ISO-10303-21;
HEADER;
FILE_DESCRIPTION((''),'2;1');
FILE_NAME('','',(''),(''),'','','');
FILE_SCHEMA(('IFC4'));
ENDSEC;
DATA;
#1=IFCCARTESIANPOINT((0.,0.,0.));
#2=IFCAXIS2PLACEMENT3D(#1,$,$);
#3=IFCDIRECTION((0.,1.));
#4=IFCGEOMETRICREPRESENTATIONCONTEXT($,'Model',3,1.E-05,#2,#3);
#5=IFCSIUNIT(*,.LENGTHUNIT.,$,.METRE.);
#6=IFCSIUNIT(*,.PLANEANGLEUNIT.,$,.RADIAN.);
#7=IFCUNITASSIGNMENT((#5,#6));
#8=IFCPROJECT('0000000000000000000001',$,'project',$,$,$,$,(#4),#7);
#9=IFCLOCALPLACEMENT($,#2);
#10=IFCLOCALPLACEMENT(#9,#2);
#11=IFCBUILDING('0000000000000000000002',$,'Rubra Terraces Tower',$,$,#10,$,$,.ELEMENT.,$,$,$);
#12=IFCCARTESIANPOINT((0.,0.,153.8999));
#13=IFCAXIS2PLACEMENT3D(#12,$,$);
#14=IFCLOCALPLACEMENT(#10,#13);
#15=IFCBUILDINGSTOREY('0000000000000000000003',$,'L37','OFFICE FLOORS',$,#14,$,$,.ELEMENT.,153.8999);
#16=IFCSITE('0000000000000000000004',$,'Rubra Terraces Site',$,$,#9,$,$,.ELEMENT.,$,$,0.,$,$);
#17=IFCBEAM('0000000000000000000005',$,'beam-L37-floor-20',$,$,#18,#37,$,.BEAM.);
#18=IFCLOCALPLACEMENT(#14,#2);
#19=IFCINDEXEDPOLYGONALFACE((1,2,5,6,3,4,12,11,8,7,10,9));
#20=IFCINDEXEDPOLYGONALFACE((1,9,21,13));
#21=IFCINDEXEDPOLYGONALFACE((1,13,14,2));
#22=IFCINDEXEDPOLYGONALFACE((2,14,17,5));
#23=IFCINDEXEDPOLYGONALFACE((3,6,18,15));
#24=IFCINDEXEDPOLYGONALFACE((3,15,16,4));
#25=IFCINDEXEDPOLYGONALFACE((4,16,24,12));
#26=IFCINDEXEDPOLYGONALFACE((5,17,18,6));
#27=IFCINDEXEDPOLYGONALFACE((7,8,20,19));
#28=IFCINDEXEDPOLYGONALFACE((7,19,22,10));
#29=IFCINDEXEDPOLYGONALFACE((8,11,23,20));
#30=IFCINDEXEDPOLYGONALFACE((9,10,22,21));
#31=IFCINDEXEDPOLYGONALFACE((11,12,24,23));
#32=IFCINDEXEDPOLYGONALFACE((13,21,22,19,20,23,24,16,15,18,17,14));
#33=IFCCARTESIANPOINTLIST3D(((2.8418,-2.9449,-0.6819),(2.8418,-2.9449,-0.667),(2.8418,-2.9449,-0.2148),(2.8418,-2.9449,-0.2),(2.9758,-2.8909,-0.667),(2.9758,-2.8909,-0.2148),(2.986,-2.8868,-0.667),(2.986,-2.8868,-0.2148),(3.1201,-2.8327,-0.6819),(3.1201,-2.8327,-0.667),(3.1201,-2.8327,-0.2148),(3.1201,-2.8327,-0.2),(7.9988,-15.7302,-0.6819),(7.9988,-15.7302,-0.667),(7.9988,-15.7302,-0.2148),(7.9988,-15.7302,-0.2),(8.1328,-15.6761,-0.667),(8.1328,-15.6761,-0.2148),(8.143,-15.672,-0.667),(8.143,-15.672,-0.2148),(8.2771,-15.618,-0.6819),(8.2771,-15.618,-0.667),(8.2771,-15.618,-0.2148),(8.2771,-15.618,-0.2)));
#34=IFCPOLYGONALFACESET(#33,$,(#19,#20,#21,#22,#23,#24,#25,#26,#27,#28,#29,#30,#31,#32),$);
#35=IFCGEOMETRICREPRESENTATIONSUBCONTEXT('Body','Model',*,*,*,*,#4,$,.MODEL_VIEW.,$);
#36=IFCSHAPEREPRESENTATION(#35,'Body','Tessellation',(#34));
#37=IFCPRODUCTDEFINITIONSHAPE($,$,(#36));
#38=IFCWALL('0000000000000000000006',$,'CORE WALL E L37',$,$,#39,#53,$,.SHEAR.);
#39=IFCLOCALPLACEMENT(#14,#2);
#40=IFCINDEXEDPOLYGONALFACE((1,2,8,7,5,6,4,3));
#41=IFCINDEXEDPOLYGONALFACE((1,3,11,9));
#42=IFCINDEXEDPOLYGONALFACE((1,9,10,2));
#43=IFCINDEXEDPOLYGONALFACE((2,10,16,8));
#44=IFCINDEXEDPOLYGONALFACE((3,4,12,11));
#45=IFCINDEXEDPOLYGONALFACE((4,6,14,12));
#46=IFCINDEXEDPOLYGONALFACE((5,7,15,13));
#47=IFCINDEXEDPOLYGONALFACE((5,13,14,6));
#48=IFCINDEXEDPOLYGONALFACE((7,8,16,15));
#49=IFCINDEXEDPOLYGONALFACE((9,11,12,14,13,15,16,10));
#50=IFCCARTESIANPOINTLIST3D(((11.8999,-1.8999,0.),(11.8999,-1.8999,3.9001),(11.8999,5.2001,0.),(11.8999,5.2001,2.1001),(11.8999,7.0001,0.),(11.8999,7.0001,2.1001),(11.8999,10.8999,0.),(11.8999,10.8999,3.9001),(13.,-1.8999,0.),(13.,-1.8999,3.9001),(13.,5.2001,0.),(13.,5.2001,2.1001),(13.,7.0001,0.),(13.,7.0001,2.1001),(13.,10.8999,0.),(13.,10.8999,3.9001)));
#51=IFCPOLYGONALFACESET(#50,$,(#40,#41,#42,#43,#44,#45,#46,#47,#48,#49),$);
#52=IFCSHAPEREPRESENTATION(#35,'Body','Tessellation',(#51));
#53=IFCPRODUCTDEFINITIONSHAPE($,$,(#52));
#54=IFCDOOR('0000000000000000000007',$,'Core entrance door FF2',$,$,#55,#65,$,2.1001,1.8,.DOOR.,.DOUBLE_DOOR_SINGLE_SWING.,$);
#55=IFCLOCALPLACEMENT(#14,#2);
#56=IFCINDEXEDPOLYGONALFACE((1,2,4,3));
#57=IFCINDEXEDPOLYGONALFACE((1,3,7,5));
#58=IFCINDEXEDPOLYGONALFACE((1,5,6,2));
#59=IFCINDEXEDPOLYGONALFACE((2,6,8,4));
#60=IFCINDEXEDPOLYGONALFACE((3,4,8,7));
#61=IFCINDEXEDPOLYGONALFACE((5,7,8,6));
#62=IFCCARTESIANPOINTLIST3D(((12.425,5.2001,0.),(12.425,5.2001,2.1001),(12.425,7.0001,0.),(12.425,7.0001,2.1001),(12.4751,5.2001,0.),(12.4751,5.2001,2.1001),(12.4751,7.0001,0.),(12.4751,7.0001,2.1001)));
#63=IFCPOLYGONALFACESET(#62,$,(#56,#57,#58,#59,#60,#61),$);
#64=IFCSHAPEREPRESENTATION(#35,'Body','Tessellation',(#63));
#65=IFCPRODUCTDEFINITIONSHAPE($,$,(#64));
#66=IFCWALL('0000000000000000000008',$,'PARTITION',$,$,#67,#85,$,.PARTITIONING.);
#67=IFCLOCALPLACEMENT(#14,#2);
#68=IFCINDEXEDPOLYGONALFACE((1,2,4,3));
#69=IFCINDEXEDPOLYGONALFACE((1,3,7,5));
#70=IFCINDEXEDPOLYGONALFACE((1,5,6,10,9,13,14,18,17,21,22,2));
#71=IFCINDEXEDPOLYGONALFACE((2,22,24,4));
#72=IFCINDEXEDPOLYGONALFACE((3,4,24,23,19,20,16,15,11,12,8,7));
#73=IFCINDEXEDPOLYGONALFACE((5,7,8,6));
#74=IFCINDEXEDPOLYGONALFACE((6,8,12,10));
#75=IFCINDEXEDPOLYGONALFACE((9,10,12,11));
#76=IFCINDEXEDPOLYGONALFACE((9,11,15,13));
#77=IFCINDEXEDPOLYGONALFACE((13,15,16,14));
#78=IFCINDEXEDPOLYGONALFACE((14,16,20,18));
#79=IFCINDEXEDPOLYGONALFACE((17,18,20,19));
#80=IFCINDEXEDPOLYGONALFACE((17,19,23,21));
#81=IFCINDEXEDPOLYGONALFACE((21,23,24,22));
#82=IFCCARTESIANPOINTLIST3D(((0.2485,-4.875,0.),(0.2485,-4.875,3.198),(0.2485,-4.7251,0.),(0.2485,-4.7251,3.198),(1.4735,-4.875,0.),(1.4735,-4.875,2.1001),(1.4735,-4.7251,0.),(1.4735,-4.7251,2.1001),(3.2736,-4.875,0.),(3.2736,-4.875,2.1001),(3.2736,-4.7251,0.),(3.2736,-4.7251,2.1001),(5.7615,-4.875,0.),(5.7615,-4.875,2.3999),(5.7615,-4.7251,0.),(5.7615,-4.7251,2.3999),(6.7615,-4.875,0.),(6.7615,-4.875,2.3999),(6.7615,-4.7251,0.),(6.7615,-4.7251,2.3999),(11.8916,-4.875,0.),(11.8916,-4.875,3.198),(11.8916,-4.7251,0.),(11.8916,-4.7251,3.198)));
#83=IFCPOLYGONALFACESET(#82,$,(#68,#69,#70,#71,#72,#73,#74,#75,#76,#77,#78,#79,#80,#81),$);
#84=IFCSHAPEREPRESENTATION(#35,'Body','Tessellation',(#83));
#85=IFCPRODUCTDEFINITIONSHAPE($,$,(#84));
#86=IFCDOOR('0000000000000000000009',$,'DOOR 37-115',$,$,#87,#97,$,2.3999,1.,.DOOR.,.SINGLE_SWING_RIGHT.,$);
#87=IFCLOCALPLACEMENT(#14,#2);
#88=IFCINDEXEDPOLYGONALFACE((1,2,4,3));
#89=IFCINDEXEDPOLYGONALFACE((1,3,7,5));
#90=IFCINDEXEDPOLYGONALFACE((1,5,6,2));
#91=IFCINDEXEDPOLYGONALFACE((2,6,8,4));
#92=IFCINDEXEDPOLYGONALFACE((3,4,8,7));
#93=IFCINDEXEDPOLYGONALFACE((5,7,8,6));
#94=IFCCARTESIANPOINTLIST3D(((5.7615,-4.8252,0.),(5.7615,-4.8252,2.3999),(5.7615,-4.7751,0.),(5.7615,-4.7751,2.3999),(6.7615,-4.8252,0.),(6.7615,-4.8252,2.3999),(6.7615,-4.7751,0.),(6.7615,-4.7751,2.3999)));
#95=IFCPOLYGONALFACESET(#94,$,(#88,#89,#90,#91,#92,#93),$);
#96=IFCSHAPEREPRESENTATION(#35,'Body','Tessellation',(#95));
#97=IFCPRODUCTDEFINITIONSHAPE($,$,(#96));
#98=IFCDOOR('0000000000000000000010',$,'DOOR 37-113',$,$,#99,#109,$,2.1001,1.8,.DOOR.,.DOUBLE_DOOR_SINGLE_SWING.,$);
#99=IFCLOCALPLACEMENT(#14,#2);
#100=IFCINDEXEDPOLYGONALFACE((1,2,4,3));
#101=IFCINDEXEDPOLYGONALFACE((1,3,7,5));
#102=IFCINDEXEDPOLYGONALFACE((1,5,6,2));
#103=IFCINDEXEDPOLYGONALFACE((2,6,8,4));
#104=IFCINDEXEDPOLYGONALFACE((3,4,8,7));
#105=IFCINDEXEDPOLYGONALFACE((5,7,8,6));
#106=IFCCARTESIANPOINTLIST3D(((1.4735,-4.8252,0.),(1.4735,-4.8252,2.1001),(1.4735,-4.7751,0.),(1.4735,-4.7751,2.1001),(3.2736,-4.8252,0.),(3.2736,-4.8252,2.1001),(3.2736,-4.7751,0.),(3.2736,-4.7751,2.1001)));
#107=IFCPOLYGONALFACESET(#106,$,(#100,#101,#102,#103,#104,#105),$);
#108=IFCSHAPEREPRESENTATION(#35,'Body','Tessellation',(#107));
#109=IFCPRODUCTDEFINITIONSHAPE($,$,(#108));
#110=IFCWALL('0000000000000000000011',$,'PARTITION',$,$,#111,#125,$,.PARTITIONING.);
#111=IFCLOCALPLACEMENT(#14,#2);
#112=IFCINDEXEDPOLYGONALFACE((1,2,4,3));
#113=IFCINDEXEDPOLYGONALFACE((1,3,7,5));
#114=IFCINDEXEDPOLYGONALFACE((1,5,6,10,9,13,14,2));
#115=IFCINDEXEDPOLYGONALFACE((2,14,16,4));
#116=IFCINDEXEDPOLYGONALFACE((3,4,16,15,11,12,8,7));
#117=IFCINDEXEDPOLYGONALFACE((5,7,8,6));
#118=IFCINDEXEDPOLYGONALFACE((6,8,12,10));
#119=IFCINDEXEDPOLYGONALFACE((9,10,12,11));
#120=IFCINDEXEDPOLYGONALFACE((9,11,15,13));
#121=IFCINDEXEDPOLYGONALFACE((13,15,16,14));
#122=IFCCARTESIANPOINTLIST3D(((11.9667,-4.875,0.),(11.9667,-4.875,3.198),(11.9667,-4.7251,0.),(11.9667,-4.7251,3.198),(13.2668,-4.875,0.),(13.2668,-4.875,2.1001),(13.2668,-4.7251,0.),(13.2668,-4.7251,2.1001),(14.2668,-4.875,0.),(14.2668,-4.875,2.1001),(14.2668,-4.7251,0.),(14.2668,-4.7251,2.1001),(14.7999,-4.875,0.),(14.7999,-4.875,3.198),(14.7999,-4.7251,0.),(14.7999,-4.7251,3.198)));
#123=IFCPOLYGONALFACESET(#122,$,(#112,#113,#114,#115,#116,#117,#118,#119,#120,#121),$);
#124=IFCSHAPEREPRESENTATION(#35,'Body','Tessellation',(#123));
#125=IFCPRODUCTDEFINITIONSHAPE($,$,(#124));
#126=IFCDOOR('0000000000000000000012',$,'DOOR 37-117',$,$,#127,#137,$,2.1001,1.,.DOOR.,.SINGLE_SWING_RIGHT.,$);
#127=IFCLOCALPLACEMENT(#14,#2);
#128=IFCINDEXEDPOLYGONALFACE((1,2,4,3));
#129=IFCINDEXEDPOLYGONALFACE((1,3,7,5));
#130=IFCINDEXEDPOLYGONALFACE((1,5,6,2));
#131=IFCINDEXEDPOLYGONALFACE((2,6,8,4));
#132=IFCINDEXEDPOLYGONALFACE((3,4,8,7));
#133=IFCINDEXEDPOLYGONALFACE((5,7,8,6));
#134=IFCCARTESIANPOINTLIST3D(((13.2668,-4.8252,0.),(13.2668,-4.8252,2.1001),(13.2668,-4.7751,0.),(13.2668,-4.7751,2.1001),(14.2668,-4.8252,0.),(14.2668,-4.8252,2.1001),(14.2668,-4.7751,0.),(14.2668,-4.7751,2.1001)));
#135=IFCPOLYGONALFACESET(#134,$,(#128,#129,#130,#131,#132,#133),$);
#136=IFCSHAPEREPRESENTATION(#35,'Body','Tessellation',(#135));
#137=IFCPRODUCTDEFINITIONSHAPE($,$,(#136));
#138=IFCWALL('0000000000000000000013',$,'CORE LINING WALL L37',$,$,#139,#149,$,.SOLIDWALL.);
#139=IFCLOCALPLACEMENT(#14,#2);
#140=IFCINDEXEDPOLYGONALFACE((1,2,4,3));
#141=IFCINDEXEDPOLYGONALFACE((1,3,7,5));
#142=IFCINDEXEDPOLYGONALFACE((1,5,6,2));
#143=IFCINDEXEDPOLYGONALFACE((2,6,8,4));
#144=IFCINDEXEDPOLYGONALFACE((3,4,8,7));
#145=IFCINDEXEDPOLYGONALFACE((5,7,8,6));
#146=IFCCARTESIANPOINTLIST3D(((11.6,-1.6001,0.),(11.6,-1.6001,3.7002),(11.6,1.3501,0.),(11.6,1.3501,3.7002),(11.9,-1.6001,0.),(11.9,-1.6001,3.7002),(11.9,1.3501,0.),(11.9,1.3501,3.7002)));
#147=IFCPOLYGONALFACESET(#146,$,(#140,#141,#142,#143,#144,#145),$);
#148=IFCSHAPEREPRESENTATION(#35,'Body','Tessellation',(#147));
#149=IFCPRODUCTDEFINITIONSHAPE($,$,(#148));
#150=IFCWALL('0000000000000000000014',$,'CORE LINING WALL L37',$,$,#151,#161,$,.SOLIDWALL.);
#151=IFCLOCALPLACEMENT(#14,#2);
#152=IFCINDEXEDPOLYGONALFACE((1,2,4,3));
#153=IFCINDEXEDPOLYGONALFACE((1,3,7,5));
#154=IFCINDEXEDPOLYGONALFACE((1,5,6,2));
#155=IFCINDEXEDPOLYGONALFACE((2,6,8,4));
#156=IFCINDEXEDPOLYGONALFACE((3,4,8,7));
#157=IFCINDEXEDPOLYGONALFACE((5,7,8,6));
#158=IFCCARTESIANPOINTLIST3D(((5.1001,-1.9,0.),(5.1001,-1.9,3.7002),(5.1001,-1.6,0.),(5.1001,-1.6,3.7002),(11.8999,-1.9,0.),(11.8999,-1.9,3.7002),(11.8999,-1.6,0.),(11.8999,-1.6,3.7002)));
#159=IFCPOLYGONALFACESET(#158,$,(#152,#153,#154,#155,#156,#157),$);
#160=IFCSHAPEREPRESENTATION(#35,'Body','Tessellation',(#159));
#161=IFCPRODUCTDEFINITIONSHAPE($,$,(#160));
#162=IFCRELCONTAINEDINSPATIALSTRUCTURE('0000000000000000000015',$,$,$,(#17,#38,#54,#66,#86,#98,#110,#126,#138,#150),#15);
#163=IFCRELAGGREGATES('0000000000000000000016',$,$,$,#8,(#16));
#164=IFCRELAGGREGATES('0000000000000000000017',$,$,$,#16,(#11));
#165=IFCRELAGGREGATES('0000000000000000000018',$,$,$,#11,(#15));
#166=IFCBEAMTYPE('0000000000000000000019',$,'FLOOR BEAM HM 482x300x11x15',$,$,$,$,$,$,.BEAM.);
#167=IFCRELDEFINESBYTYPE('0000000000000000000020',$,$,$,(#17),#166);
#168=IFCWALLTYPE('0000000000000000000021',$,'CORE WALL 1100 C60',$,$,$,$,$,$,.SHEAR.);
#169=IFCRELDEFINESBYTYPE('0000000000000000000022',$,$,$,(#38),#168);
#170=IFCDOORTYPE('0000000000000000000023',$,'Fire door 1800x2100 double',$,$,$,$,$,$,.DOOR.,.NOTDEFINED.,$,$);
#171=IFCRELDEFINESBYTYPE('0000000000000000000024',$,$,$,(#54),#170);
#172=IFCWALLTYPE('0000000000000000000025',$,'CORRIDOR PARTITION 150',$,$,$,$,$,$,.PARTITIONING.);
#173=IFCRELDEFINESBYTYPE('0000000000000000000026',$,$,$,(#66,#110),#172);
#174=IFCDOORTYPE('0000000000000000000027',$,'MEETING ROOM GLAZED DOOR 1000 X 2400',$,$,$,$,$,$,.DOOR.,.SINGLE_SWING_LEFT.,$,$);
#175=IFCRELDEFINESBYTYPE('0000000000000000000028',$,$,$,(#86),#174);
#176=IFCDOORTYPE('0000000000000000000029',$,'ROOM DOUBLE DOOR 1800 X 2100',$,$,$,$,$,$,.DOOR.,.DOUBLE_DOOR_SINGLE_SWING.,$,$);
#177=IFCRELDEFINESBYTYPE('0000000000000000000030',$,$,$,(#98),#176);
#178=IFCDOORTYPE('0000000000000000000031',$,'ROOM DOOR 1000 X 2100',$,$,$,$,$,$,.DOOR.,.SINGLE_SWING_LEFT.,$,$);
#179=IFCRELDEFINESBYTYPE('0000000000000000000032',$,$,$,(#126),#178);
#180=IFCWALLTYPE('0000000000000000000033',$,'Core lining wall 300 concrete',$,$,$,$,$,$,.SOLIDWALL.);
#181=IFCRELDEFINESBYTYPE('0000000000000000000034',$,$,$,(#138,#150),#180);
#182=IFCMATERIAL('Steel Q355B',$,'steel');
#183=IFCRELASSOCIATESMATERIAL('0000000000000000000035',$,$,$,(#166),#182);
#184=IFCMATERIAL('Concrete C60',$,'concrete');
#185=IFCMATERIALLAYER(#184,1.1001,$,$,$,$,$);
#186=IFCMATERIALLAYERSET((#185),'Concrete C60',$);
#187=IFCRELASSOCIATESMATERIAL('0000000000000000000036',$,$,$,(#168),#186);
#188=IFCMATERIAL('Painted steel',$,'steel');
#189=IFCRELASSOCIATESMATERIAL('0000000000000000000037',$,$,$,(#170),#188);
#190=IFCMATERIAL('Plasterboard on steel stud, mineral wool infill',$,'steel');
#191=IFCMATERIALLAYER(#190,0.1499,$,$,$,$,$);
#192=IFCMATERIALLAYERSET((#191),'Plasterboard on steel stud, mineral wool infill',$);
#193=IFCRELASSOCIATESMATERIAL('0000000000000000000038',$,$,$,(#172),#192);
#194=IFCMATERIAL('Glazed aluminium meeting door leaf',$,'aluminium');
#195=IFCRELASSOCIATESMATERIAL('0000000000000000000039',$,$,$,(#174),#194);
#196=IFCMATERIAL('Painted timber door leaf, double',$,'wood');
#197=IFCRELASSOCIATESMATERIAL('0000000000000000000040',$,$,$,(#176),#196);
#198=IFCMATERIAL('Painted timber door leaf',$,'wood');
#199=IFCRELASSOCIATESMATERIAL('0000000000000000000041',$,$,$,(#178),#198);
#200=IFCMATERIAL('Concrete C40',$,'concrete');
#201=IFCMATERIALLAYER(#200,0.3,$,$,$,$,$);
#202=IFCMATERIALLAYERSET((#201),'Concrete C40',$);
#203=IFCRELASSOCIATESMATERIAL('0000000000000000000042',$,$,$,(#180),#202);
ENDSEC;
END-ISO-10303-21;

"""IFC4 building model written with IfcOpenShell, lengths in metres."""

from ifc_helpers import new_model, si_unit, direction, frame, frame_2d, origin, origin_2d, place, context, subcontext, project, spatial, rectangle, i_section, extrude, material, layer, layer_set, material_profile, profile_set, type_object, element, fill, save


model = new_model("IFC4")

# Units and contexts
model_context = context("Model", 3, precision=1e-05, world=origin(), true_north=direction((0.0, 1.0)))
body_context = subcontext(model_context, "Body", "Model", "MODEL_VIEW")
ifc_project = project(units=[si_unit("LENGTHUNIT", "METRE"), si_unit("PLANEANGLEUNIT", "RADIAN")], contexts=[model_context])

# Site, building, storey
site_placement = place(None, origin())
site = spatial("IfcSite", under=ifc_project, at=site_placement, Name="Rubra Terraces Site", CompositionType="ELEMENT", RefElevation=0.0)
building_placement = place(site_placement, origin())
building = spatial("IfcBuilding", under=site, at=building_placement, Name="Rubra Terraces Tower", CompositionType="ELEMENT")
storey_placement = place(building_placement, frame((0.0, 0.0, 153.8999)))
storey = spatial("IfcBuildingStorey", under=building, at=storey_placement, Name="L37", Description="OFFICE FLOORS", CompositionType="ELEMENT", Elevation=153.8999)

# Beam
ifc_material_1 = material(Name="Steel Q355B", Category="steel")
ifc_material_profile = material_profile(ifc_material_1, i_section(OverallWidth=0.3, OverallDepth=0.4819, WebThickness=0.011, FlangeThickness=0.0149, at=origin_2d()), Name="HM 482x300x11x15")
ifc_profile_set = profile_set([ifc_material_profile], Name="Steel Q355B")
beam_type = type_object("IfcBeamType", Name="FLOOR BEAM HM 482x300x11x15", PredefinedType="BEAM", material=ifc_profile_set)
beam_placement = place(storey_placement, frame((8.1379, -15.6741, -0.4409), z_axis=(-0.374073, 0.927399, 0.0), x_axis=(-0.927399, -0.374073, 0.0)))
element("IfcBeam", 1, at=beam_placement, inside=storey, type_object=beam_type, Name="beam-L37-floor-20", PredefinedType="BEAM", context=body_context, shape_type="SweptSolid", body=[
    extrude(i_section(OverallWidth=0.3, OverallDepth=0.4819, WebThickness=0.011, FlangeThickness=0.0149, at=origin_2d()), origin(), (0.0, 0.0, 1.0), 13.7861),
])

# Wall, opening, door
ifc_material_2 = material(Name="Concrete C60", Category="concrete")
ifc_layer_1 = layer(ifc_material_2, 1.1001)
ifc_layer_set_1 = layer_set([ifc_layer_1], Name="Concrete C60")
wall_type_1 = type_object("IfcWallType", Name="CORE WALL 1100 C60", PredefinedType="SHEAR", material=ifc_layer_set_1)
wall_1_placement = place(storey_placement, frame((12.45, -1.8999, 0.0), z_axis=(0.0, 0.0, 1.0), x_axis=(0.0, 1.0, 0.0)))
wall_1 = element("IfcWall", 2, at=wall_1_placement, inside=storey, type_object=wall_type_1, Name="CORE WALL E L37", PredefinedType="SHEAR", context=body_context, shape_type="SweptSolid", body=[
    extrude(rectangle(XDim=12.7998, YDim=1.1001, at=frame_2d((6.3999, 0.0))), origin(), (0.0, 0.0, 1.0), 3.9001),
])
opening_1_placement = place(wall_1_placement, frame((7.1001, 0.0, 0.0)))
opening_1 = element("IfcOpeningElement", 3, at=opening_1_placement, cuts=wall_1, PredefinedType="OPENING", context=body_context, shape_type="SweptSolid", body=[
    extrude(rectangle(XDim=1.8, YDim=2.1001, at=frame_2d((0.8999, 1.05))), frame((0.0, 0.5601, 0.0), z_axis=(0.0, -1.0, 0.0), x_axis=(1.0, 0.0, 0.0)), (0.0, 0.0, 1.0), 1.1201),
])
ifc_material_3 = material(Name="Painted steel", Category="steel")
door_type_1 = type_object("IfcDoorType", Name="Fire door 1800x2100 double", OperationType="NOTDEFINED", PredefinedType="DOOR", material=ifc_material_3)
door_1_placement = place(opening_1_placement, origin())
door_1 = element("IfcDoor", 4, at=door_1_placement, inside=storey, type_object=door_type_1, Name="Core entrance door FF2", OperationType="DOUBLE_DOOR_SINGLE_SWING", OverallHeight=2.1001, OverallWidth=1.8, PredefinedType="DOOR", context=body_context, shape_type="SweptSolid", body=[
    extrude(rectangle(XDim=1.8, YDim=2.1001, at=frame_2d((0.8999, 1.05))), frame((0.0, 0.0249, 0.0), z_axis=(0.0, -1.0, 0.0), x_axis=(1.0, 0.0, 0.0)), (0.0, 0.0, 1.0), 0.05),
])
fill(opening_1, door_1)

# Wall, openings, doors
ifc_material_4 = material(Name="Plasterboard on steel stud, mineral wool infill", Category="steel")
ifc_layer_2 = layer(ifc_material_4, 0.1499)
ifc_layer_set_2 = layer_set([ifc_layer_2], Name="Plasterboard on steel stud, mineral wool infill")
wall_type_2 = type_object("IfcWallType", Name="CORRIDOR PARTITION 150", PredefinedType="PARTITIONING", material=ifc_layer_set_2)
wall_2_placement = place(storey_placement, frame((0.2485, -4.8, 0.0), z_axis=(0.0, 0.0, 1.0), x_axis=(1.0, 0.0, 0.0)))
wall_2 = element("IfcWall", 5, at=wall_2_placement, inside=storey, type_object=wall_type_2, Name="PARTITION", PredefinedType="PARTITIONING", context=body_context, shape_type="SweptSolid", body=[
    extrude(rectangle(XDim=11.6431, YDim=0.1499, at=frame_2d((5.8215, 0.0))), origin(), (0.0, 0.0, 1.0), 3.198),
])
opening_2_placement = place(wall_2_placement, frame((1.2251, 0.0, 0.0)))
opening_2 = element("IfcOpeningElement", 6, at=opening_2_placement, cuts=wall_2, PredefinedType="OPENING", context=body_context, shape_type="SweptSolid", body=[
    extrude(rectangle(XDim=1.8, YDim=2.1001, at=frame_2d((0.8999, 1.05))), frame((0.0, 0.085, 0.0), z_axis=(0.0, -1.0, 0.0), x_axis=(1.0, 0.0, 0.0)), (0.0, 0.0, 1.0), 0.1699),
])
opening_3_placement = place(wall_2_placement, frame((5.5129, 0.0, 0.0)))
opening_3 = element("IfcOpeningElement", 7, at=opening_3_placement, cuts=wall_2, PredefinedType="OPENING", context=body_context, shape_type="SweptSolid", body=[
    extrude(rectangle(XDim=1.0, YDim=2.3999, at=frame_2d((0.5, 1.2))), frame((0.0, 0.085, 0.0), z_axis=(0.0, -1.0, 0.0), x_axis=(1.0, 0.0, 0.0)), (0.0, 0.0, 1.0), 0.1699),
])
ifc_material_5 = material(Name="Glazed aluminium meeting door leaf", Category="aluminium")
door_type_2 = type_object("IfcDoorType", Name="MEETING ROOM GLAZED DOOR 1000 X 2400", OperationType="SINGLE_SWING_LEFT", PredefinedType="DOOR", material=ifc_material_5)
door_2_placement = place(opening_3_placement, origin())
door_2 = element("IfcDoor", 8, at=door_2_placement, inside=storey, type_object=door_type_2, Name="DOOR 37-115", OperationType="SINGLE_SWING_RIGHT", OverallHeight=2.3999, OverallWidth=1.0, PredefinedType="DOOR", context=body_context, shape_type="SweptSolid", body=[
    extrude(rectangle(XDim=1.0, YDim=2.3999, at=frame_2d((0.5, 1.2))), frame((0.0, 0.0249, 0.0), z_axis=(0.0, -1.0, 0.0), x_axis=(1.0, 0.0, 0.0)), (0.0, 0.0, 1.0), 0.05),
])
fill(opening_3, door_2)
ifc_material_6 = material(Name="Painted timber door leaf, double", Category="wood")
door_type_3 = type_object("IfcDoorType", Name="ROOM DOUBLE DOOR 1800 X 2100", OperationType="DOUBLE_DOOR_SINGLE_SWING", PredefinedType="DOOR", material=ifc_material_6)
door_3_placement = place(opening_2_placement, origin())
door_3 = element("IfcDoor", 9, at=door_3_placement, inside=storey, type_object=door_type_3, Name="DOOR 37-113", OperationType="DOUBLE_DOOR_SINGLE_SWING", OverallHeight=2.1001, OverallWidth=1.8, PredefinedType="DOOR", context=body_context, shape_type="SweptSolid", body=[
    extrude(rectangle(XDim=1.8, YDim=2.1001, at=frame_2d((0.8999, 1.05))), frame((0.0, 0.0249, 0.0), z_axis=(0.0, -1.0, 0.0), x_axis=(1.0, 0.0, 0.0)), (0.0, 0.0, 1.0), 0.05),
])
fill(opening_2, door_3)

# Wall, opening, door
wall_3_placement = place(storey_placement, frame((11.9668, -4.8, 0.0), z_axis=(0.0, 0.0, 1.0), x_axis=(1.0, 0.0, 0.0)))
wall_3 = element("IfcWall", 10, at=wall_3_placement, inside=storey, type_object=wall_type_2, Name="PARTITION", PredefinedType="PARTITIONING", context=body_context, shape_type="SweptSolid", body=[
    extrude(rectangle(XDim=2.8333, YDim=0.1499, at=frame_2d((1.4165, 0.0))), origin(), (0.0, 0.0, 1.0), 3.198),
])
opening_4_placement = place(wall_3_placement, frame((1.3, 0.0, 0.0)))
opening_4 = element("IfcOpeningElement", 11, at=opening_4_placement, cuts=wall_3, PredefinedType="OPENING", context=body_context, shape_type="SweptSolid", body=[
    extrude(rectangle(XDim=1.0, YDim=2.1001, at=frame_2d((0.5, 1.05))), frame((0.0, 0.085, 0.0), z_axis=(0.0, -1.0, 0.0), x_axis=(1.0, 0.0, 0.0)), (0.0, 0.0, 1.0), 0.1699),
])
ifc_material_7 = material(Name="Painted timber door leaf", Category="wood")
door_type_4 = type_object("IfcDoorType", Name="ROOM DOOR 1000 X 2100", OperationType="SINGLE_SWING_LEFT", PredefinedType="DOOR", material=ifc_material_7)
door_4_placement = place(opening_4_placement, origin())
door_4 = element("IfcDoor", 12, at=door_4_placement, inside=storey, type_object=door_type_4, Name="DOOR 37-117", OperationType="SINGLE_SWING_RIGHT", OverallHeight=2.1001, OverallWidth=1.0, PredefinedType="DOOR", context=body_context, shape_type="SweptSolid", body=[
    extrude(rectangle(XDim=1.0, YDim=2.1001, at=frame_2d((0.5, 1.05))), frame((0.0, 0.0249, 0.0), z_axis=(0.0, -1.0, 0.0), x_axis=(1.0, 0.0, 0.0)), (0.0, 0.0, 1.0), 0.05),
])
fill(opening_4, door_4)

# Walls
ifc_material_8 = material(Name="Concrete C40", Category="concrete")
ifc_layer_3 = layer(ifc_material_8, 0.3)
ifc_layer_set_3 = layer_set([ifc_layer_3], Name="Concrete C40")
wall_type_3 = type_object("IfcWallType", Name="Core lining wall 300 concrete", PredefinedType="SOLIDWALL", material=ifc_layer_set_3)
wall_4_placement = place(storey_placement, frame((11.75, 1.3501, 0.0), z_axis=(0.0, 0.0, 1.0), x_axis=(0.0, -1.0, 0.0)))
element("IfcWall", 13, at=wall_4_placement, inside=storey, type_object=wall_type_3, Name="CORE LINING WALL L37", PredefinedType="SOLIDWALL", context=body_context, shape_type="SweptSolid", body=[
    extrude(rectangle(XDim=2.9502, YDim=0.3, at=frame_2d((1.4751, 0.0))), origin(), (0.0, 0.0, 1.0), 3.7002),
])
wall_5_placement = place(storey_placement, frame((11.8999, -1.75, 0.0), z_axis=(0.0, 0.0, 1.0), x_axis=(-1.0, 0.0, 0.0)))
element("IfcWall", 14, at=wall_5_placement, inside=storey, type_object=wall_type_3, Name="CORE LINING WALL L37", PredefinedType="SOLIDWALL", context=body_context, shape_type="SweptSolid", body=[
    extrude(rectangle(XDim=6.7998, YDim=0.3, at=frame_2d((3.3999, 0.0))), origin(), (0.0, 0.0, 1.0), 3.7002),
])

save(model, "model.ifc")
